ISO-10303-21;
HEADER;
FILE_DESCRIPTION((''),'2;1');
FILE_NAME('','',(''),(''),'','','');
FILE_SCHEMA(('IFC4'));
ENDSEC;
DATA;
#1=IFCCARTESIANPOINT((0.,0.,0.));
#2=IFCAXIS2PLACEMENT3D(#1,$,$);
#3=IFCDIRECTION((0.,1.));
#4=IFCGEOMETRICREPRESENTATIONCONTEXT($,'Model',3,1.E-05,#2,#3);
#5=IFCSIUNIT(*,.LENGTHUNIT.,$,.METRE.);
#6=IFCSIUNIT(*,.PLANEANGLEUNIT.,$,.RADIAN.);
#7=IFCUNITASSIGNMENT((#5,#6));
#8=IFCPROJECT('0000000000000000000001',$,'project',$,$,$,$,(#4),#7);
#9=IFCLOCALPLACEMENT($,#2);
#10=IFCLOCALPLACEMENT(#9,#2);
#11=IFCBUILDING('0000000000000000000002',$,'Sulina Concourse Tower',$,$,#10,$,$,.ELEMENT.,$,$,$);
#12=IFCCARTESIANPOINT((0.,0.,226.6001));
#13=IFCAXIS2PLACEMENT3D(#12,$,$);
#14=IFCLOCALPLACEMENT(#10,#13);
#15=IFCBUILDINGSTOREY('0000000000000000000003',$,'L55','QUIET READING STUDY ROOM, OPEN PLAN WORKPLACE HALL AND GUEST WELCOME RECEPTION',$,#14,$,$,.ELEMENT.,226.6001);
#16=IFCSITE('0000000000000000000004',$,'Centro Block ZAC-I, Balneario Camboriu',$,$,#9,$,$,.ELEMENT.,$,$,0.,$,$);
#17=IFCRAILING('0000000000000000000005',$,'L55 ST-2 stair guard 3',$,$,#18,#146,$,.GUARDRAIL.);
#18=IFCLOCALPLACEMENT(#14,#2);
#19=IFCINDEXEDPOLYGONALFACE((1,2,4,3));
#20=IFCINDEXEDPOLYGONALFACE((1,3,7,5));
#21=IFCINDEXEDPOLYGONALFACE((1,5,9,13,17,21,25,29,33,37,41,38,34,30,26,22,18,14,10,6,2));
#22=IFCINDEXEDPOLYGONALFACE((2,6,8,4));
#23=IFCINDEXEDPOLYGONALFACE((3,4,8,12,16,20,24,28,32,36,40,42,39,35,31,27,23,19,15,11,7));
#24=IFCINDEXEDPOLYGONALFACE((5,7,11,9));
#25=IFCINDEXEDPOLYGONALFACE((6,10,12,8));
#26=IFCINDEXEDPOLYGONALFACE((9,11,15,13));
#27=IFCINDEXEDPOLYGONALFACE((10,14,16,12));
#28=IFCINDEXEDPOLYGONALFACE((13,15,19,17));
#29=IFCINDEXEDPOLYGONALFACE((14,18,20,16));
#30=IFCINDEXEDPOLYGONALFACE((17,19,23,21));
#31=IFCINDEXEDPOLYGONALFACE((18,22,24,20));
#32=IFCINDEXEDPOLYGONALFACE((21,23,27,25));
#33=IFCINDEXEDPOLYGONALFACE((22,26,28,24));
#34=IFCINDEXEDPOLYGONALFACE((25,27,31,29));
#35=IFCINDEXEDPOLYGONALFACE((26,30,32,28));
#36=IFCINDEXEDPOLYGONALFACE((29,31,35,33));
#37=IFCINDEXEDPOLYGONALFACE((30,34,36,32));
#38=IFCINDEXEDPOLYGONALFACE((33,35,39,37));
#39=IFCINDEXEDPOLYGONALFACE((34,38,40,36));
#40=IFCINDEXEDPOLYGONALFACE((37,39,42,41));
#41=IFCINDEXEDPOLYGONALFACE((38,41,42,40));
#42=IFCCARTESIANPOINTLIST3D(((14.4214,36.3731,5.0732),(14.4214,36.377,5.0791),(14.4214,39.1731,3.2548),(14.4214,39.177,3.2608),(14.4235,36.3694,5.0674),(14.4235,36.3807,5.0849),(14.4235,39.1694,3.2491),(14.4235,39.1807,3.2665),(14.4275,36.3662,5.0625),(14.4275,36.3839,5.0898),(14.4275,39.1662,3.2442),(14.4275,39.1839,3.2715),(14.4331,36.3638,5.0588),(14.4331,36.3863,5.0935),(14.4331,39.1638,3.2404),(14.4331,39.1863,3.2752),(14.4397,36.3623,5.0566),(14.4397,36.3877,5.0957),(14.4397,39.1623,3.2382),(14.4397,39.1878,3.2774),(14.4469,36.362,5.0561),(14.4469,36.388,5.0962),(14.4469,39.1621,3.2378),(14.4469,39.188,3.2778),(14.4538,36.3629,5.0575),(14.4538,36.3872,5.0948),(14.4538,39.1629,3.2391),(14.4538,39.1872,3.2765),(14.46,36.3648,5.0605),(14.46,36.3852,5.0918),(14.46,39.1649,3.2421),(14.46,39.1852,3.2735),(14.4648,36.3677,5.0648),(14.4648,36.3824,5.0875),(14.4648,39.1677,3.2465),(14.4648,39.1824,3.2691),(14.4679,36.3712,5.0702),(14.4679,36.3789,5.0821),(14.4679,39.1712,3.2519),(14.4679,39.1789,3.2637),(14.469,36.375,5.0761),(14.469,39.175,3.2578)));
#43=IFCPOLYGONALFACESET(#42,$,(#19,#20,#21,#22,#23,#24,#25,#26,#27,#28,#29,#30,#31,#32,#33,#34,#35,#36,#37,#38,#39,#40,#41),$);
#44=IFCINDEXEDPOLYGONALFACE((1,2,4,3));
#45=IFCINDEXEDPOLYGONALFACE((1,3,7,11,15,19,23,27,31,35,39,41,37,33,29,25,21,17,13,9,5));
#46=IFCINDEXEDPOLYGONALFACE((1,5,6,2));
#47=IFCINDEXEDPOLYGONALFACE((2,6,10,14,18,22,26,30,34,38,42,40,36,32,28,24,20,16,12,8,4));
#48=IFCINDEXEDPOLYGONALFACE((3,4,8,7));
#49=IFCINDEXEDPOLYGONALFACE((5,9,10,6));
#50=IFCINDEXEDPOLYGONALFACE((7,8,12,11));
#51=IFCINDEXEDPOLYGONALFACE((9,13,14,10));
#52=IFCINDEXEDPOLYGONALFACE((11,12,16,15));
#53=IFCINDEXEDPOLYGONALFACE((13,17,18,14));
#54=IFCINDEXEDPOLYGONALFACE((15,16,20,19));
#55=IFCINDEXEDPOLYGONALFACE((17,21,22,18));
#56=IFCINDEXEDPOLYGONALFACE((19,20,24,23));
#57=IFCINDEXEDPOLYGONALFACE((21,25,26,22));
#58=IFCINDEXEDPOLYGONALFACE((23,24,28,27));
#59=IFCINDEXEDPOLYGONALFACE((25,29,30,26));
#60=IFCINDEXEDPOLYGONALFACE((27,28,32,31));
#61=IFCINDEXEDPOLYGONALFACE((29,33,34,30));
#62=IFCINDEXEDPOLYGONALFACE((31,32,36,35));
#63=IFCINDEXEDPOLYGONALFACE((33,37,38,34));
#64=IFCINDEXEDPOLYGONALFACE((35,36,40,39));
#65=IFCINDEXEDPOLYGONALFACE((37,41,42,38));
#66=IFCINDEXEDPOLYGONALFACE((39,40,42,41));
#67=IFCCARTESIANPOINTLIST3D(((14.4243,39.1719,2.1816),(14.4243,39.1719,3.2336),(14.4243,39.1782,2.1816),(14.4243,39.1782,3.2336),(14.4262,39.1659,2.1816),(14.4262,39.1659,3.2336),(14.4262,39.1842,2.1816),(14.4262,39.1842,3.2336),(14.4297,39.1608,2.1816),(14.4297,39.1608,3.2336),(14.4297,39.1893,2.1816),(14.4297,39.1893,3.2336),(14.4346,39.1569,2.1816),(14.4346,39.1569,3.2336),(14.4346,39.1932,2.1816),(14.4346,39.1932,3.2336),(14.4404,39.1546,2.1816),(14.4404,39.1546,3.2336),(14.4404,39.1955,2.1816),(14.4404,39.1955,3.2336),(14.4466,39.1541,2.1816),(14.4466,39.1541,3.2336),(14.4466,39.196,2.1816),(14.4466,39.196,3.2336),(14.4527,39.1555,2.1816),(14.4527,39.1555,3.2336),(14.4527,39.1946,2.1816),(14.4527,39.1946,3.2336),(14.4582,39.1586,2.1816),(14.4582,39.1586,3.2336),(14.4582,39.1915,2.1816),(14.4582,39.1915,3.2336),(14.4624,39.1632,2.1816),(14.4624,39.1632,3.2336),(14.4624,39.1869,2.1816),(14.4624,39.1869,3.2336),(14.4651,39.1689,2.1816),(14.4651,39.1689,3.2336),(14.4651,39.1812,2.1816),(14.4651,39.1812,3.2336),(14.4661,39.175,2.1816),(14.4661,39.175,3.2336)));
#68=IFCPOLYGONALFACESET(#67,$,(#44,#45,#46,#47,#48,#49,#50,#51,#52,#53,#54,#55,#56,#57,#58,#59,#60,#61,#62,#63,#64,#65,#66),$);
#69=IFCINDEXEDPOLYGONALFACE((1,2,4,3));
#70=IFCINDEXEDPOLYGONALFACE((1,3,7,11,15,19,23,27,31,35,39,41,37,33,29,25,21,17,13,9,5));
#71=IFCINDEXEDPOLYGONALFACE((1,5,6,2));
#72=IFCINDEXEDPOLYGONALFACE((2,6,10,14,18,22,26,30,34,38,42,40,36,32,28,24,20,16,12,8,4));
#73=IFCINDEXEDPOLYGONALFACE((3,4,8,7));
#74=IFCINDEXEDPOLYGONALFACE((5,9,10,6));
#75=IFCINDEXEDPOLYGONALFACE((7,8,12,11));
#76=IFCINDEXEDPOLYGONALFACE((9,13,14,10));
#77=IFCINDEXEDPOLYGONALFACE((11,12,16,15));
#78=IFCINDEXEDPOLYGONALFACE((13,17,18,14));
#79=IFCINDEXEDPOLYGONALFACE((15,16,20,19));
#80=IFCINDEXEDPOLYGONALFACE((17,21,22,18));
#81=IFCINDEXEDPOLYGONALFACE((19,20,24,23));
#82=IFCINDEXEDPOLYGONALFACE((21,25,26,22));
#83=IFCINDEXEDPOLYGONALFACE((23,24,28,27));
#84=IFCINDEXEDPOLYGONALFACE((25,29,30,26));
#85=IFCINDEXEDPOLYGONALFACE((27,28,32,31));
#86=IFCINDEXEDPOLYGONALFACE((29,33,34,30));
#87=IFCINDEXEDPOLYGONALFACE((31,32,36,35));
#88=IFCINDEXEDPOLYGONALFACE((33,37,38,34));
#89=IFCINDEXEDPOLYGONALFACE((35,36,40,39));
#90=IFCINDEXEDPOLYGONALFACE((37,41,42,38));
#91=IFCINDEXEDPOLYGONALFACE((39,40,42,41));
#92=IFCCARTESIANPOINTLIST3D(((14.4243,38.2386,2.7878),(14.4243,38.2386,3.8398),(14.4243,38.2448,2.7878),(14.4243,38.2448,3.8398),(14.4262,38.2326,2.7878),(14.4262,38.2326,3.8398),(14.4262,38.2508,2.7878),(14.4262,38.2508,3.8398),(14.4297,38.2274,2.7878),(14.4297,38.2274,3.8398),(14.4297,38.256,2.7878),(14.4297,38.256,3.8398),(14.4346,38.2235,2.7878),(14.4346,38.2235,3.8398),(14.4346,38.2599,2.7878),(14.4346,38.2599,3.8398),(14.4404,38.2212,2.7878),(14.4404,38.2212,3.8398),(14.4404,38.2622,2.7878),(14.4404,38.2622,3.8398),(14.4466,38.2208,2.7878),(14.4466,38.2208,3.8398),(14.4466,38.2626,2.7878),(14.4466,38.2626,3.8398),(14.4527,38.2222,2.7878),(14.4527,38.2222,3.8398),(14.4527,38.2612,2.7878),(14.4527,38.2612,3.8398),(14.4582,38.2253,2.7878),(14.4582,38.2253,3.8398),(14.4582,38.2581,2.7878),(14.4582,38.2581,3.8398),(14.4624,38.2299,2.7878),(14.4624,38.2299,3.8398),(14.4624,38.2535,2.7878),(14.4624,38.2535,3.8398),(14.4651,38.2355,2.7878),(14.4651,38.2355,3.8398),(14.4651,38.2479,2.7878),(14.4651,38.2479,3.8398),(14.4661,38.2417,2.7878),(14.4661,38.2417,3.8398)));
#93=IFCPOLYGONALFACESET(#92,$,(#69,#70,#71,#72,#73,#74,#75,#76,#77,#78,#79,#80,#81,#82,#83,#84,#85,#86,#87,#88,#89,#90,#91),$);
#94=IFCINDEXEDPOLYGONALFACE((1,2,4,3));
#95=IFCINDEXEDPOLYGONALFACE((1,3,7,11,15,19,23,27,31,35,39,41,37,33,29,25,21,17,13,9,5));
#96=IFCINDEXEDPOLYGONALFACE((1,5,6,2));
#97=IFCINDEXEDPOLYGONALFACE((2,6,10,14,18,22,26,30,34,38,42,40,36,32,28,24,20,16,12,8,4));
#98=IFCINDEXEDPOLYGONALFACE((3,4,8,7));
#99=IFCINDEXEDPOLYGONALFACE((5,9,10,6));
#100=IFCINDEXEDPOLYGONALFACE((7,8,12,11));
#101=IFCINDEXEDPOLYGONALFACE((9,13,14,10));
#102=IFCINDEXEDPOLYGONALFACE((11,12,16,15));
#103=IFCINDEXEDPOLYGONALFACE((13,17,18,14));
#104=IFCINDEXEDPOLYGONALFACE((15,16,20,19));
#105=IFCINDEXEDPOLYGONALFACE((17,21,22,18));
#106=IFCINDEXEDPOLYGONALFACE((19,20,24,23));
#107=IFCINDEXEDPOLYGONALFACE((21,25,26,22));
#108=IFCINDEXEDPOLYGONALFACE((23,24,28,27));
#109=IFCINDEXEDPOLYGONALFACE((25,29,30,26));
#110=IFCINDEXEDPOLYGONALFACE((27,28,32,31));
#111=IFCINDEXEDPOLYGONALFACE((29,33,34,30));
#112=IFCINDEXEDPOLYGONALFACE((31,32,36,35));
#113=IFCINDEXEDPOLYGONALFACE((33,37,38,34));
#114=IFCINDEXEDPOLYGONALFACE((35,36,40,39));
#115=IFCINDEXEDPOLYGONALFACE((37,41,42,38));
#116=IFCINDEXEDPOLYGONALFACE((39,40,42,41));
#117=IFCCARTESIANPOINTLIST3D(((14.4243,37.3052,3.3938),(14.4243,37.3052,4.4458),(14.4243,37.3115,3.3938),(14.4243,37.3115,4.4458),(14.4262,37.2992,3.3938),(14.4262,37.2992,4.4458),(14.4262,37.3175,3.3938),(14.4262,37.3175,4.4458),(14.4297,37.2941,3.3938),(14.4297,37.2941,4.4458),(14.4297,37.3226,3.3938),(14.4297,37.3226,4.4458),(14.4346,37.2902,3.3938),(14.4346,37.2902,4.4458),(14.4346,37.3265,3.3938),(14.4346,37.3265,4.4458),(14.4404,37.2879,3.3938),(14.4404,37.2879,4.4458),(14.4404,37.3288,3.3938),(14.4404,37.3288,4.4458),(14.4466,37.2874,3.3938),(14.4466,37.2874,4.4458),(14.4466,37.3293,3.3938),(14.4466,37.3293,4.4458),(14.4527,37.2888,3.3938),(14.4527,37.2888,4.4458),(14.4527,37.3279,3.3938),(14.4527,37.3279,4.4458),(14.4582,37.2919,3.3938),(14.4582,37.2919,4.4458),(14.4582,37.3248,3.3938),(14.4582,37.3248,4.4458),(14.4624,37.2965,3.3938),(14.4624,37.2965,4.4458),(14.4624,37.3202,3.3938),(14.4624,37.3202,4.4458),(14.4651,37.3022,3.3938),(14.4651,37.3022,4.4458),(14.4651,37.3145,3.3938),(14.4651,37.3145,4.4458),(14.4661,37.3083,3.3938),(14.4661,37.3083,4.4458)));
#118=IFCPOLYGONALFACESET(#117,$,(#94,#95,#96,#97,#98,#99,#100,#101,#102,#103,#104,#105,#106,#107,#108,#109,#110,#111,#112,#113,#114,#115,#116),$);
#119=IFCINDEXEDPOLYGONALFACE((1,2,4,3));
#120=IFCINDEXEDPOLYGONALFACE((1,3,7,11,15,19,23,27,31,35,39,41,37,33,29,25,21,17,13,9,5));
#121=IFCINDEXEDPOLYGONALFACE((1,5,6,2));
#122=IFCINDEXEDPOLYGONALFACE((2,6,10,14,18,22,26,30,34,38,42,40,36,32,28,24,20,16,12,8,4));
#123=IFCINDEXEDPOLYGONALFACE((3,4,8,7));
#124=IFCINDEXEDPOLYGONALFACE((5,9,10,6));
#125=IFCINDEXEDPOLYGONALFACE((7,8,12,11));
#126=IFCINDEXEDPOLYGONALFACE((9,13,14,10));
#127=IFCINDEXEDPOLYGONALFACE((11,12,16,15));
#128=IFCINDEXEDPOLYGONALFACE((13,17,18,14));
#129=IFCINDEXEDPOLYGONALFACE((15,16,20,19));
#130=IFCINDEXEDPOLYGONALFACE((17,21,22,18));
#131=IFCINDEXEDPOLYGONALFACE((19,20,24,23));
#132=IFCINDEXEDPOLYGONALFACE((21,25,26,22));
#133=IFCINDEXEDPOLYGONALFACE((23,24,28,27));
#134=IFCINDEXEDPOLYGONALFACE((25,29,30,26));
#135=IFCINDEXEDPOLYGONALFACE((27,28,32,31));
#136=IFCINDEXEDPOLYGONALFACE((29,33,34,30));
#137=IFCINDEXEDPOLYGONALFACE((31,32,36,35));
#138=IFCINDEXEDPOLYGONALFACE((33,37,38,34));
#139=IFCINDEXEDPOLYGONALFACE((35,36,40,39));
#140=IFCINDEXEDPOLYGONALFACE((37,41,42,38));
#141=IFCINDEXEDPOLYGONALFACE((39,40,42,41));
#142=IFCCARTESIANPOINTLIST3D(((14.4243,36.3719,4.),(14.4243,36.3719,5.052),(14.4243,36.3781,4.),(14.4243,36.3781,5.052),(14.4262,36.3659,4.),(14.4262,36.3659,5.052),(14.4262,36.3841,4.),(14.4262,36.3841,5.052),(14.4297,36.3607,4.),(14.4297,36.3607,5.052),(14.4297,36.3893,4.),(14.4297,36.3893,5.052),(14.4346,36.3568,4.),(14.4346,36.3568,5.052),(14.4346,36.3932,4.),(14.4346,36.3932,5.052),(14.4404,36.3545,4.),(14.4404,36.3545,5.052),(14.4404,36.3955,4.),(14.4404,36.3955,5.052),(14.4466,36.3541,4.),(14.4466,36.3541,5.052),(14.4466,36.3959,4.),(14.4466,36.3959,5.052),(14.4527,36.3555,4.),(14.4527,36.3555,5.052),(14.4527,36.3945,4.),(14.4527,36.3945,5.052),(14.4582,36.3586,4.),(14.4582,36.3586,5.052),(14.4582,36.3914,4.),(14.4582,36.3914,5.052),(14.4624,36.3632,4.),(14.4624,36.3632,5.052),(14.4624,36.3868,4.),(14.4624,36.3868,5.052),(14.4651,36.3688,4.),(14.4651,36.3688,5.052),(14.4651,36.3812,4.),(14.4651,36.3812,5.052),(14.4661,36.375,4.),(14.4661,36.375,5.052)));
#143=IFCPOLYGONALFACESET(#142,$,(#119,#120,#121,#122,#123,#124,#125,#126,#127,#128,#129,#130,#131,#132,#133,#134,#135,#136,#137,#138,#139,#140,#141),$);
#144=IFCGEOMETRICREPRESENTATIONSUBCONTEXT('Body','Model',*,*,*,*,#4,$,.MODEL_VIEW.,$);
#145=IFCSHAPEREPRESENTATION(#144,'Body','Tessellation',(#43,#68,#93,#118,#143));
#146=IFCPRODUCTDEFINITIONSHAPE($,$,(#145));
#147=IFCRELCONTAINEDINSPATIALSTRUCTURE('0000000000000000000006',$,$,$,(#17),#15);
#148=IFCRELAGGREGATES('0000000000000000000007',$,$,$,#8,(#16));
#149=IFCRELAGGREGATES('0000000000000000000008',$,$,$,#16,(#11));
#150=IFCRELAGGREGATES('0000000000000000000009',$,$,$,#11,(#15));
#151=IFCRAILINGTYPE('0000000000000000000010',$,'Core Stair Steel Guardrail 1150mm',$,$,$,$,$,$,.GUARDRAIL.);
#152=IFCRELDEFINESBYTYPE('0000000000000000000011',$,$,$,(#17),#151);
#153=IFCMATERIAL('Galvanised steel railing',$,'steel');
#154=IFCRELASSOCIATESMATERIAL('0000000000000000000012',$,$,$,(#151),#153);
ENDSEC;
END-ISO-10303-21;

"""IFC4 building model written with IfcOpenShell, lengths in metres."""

from ifc_helpers import new_model, si_unit, direction, frame, origin, origin_2d, place, context, subcontext, project, spatial, circle, extrude, material, type_object, element, save


model = new_model("IFC4")

# Units and contexts
model_context = context("Model", 3, precision=1e-05, world=origin(), true_north=direction((0.0, 1.0)))
body_context = subcontext(model_context, "Body", "Model", "MODEL_VIEW")
ifc_project = project(units=[si_unit("LENGTHUNIT", "METRE"), si_unit("PLANEANGLEUNIT", "RADIAN")], contexts=[model_context])

# Site, building, storey
site_placement = place(None, origin())
site = spatial("IfcSite", under=ifc_project, at=site_placement, Name="Centro Block ZAC-I, Balneario Camboriu", CompositionType="ELEMENT", RefElevation=0.0)
building_placement = place(site_placement, origin())
building = spatial("IfcBuilding", under=site, at=building_placement, Name="Sulina Concourse Tower", CompositionType="ELEMENT")
storey_placement = place(building_placement, frame((0.0, 0.0, 226.6001)))
storey = spatial("IfcBuildingStorey", under=building, at=storey_placement, Name="L55", Description="QUIET READING STUDY ROOM, OPEN PLAN WORKPLACE HALL AND GUEST WELCOME RECEPTION", CompositionType="ELEMENT", Elevation=226.6001)

# Railing
ifc_material_1 = material(Name="Galvanised steel railing", Category="steel")
railing_type_1 = type_object("IfcRailingType", Name="Core Stair Steel Guardrail 1150mm", PredefinedType="GUARDRAIL", material=ifc_material_1)
railing_1_placement = place(storey_placement, frame((14.4451, 39.175, 2.1816)))
element("IfcRailing", 1, at=railing_1_placement, inside=storey, type_object=railing_type_1, Name="L55 ST-2 stair guard 3", PredefinedType="GUARDRAIL", context=body_context, shape_type="SweptSolid", body=[
    extrude(circle(Radius=0.0239, at=origin_2d()), frame((0.0, 0.0, 1.0762), z_axis=(0.0, -0.838672, 0.544636), x_axis=(1.0, 0.0, 0.0)), (0.0, 0.0, 1.0), 3.3386),
    extrude(circle(Radius=0.021, at=origin_2d()), origin(), (0.0, 0.0, 1.0), 1.052),
    extrude(circle(Radius=0.021, at=origin_2d()), frame((0.0, -0.9333, 0.6062)), (0.0, 0.0, 1.0), 1.052),
    extrude(circle(Radius=0.021, at=origin_2d()), frame((0.0, -1.8667, 1.2122)), (0.0, 0.0, 1.0), 1.052),
    extrude(circle(Radius=0.021, at=origin_2d()), frame((0.0, -2.8, 1.8184)), (0.0, 0.0, 1.0), 1.052),
])

save(model, "model.ifc")
